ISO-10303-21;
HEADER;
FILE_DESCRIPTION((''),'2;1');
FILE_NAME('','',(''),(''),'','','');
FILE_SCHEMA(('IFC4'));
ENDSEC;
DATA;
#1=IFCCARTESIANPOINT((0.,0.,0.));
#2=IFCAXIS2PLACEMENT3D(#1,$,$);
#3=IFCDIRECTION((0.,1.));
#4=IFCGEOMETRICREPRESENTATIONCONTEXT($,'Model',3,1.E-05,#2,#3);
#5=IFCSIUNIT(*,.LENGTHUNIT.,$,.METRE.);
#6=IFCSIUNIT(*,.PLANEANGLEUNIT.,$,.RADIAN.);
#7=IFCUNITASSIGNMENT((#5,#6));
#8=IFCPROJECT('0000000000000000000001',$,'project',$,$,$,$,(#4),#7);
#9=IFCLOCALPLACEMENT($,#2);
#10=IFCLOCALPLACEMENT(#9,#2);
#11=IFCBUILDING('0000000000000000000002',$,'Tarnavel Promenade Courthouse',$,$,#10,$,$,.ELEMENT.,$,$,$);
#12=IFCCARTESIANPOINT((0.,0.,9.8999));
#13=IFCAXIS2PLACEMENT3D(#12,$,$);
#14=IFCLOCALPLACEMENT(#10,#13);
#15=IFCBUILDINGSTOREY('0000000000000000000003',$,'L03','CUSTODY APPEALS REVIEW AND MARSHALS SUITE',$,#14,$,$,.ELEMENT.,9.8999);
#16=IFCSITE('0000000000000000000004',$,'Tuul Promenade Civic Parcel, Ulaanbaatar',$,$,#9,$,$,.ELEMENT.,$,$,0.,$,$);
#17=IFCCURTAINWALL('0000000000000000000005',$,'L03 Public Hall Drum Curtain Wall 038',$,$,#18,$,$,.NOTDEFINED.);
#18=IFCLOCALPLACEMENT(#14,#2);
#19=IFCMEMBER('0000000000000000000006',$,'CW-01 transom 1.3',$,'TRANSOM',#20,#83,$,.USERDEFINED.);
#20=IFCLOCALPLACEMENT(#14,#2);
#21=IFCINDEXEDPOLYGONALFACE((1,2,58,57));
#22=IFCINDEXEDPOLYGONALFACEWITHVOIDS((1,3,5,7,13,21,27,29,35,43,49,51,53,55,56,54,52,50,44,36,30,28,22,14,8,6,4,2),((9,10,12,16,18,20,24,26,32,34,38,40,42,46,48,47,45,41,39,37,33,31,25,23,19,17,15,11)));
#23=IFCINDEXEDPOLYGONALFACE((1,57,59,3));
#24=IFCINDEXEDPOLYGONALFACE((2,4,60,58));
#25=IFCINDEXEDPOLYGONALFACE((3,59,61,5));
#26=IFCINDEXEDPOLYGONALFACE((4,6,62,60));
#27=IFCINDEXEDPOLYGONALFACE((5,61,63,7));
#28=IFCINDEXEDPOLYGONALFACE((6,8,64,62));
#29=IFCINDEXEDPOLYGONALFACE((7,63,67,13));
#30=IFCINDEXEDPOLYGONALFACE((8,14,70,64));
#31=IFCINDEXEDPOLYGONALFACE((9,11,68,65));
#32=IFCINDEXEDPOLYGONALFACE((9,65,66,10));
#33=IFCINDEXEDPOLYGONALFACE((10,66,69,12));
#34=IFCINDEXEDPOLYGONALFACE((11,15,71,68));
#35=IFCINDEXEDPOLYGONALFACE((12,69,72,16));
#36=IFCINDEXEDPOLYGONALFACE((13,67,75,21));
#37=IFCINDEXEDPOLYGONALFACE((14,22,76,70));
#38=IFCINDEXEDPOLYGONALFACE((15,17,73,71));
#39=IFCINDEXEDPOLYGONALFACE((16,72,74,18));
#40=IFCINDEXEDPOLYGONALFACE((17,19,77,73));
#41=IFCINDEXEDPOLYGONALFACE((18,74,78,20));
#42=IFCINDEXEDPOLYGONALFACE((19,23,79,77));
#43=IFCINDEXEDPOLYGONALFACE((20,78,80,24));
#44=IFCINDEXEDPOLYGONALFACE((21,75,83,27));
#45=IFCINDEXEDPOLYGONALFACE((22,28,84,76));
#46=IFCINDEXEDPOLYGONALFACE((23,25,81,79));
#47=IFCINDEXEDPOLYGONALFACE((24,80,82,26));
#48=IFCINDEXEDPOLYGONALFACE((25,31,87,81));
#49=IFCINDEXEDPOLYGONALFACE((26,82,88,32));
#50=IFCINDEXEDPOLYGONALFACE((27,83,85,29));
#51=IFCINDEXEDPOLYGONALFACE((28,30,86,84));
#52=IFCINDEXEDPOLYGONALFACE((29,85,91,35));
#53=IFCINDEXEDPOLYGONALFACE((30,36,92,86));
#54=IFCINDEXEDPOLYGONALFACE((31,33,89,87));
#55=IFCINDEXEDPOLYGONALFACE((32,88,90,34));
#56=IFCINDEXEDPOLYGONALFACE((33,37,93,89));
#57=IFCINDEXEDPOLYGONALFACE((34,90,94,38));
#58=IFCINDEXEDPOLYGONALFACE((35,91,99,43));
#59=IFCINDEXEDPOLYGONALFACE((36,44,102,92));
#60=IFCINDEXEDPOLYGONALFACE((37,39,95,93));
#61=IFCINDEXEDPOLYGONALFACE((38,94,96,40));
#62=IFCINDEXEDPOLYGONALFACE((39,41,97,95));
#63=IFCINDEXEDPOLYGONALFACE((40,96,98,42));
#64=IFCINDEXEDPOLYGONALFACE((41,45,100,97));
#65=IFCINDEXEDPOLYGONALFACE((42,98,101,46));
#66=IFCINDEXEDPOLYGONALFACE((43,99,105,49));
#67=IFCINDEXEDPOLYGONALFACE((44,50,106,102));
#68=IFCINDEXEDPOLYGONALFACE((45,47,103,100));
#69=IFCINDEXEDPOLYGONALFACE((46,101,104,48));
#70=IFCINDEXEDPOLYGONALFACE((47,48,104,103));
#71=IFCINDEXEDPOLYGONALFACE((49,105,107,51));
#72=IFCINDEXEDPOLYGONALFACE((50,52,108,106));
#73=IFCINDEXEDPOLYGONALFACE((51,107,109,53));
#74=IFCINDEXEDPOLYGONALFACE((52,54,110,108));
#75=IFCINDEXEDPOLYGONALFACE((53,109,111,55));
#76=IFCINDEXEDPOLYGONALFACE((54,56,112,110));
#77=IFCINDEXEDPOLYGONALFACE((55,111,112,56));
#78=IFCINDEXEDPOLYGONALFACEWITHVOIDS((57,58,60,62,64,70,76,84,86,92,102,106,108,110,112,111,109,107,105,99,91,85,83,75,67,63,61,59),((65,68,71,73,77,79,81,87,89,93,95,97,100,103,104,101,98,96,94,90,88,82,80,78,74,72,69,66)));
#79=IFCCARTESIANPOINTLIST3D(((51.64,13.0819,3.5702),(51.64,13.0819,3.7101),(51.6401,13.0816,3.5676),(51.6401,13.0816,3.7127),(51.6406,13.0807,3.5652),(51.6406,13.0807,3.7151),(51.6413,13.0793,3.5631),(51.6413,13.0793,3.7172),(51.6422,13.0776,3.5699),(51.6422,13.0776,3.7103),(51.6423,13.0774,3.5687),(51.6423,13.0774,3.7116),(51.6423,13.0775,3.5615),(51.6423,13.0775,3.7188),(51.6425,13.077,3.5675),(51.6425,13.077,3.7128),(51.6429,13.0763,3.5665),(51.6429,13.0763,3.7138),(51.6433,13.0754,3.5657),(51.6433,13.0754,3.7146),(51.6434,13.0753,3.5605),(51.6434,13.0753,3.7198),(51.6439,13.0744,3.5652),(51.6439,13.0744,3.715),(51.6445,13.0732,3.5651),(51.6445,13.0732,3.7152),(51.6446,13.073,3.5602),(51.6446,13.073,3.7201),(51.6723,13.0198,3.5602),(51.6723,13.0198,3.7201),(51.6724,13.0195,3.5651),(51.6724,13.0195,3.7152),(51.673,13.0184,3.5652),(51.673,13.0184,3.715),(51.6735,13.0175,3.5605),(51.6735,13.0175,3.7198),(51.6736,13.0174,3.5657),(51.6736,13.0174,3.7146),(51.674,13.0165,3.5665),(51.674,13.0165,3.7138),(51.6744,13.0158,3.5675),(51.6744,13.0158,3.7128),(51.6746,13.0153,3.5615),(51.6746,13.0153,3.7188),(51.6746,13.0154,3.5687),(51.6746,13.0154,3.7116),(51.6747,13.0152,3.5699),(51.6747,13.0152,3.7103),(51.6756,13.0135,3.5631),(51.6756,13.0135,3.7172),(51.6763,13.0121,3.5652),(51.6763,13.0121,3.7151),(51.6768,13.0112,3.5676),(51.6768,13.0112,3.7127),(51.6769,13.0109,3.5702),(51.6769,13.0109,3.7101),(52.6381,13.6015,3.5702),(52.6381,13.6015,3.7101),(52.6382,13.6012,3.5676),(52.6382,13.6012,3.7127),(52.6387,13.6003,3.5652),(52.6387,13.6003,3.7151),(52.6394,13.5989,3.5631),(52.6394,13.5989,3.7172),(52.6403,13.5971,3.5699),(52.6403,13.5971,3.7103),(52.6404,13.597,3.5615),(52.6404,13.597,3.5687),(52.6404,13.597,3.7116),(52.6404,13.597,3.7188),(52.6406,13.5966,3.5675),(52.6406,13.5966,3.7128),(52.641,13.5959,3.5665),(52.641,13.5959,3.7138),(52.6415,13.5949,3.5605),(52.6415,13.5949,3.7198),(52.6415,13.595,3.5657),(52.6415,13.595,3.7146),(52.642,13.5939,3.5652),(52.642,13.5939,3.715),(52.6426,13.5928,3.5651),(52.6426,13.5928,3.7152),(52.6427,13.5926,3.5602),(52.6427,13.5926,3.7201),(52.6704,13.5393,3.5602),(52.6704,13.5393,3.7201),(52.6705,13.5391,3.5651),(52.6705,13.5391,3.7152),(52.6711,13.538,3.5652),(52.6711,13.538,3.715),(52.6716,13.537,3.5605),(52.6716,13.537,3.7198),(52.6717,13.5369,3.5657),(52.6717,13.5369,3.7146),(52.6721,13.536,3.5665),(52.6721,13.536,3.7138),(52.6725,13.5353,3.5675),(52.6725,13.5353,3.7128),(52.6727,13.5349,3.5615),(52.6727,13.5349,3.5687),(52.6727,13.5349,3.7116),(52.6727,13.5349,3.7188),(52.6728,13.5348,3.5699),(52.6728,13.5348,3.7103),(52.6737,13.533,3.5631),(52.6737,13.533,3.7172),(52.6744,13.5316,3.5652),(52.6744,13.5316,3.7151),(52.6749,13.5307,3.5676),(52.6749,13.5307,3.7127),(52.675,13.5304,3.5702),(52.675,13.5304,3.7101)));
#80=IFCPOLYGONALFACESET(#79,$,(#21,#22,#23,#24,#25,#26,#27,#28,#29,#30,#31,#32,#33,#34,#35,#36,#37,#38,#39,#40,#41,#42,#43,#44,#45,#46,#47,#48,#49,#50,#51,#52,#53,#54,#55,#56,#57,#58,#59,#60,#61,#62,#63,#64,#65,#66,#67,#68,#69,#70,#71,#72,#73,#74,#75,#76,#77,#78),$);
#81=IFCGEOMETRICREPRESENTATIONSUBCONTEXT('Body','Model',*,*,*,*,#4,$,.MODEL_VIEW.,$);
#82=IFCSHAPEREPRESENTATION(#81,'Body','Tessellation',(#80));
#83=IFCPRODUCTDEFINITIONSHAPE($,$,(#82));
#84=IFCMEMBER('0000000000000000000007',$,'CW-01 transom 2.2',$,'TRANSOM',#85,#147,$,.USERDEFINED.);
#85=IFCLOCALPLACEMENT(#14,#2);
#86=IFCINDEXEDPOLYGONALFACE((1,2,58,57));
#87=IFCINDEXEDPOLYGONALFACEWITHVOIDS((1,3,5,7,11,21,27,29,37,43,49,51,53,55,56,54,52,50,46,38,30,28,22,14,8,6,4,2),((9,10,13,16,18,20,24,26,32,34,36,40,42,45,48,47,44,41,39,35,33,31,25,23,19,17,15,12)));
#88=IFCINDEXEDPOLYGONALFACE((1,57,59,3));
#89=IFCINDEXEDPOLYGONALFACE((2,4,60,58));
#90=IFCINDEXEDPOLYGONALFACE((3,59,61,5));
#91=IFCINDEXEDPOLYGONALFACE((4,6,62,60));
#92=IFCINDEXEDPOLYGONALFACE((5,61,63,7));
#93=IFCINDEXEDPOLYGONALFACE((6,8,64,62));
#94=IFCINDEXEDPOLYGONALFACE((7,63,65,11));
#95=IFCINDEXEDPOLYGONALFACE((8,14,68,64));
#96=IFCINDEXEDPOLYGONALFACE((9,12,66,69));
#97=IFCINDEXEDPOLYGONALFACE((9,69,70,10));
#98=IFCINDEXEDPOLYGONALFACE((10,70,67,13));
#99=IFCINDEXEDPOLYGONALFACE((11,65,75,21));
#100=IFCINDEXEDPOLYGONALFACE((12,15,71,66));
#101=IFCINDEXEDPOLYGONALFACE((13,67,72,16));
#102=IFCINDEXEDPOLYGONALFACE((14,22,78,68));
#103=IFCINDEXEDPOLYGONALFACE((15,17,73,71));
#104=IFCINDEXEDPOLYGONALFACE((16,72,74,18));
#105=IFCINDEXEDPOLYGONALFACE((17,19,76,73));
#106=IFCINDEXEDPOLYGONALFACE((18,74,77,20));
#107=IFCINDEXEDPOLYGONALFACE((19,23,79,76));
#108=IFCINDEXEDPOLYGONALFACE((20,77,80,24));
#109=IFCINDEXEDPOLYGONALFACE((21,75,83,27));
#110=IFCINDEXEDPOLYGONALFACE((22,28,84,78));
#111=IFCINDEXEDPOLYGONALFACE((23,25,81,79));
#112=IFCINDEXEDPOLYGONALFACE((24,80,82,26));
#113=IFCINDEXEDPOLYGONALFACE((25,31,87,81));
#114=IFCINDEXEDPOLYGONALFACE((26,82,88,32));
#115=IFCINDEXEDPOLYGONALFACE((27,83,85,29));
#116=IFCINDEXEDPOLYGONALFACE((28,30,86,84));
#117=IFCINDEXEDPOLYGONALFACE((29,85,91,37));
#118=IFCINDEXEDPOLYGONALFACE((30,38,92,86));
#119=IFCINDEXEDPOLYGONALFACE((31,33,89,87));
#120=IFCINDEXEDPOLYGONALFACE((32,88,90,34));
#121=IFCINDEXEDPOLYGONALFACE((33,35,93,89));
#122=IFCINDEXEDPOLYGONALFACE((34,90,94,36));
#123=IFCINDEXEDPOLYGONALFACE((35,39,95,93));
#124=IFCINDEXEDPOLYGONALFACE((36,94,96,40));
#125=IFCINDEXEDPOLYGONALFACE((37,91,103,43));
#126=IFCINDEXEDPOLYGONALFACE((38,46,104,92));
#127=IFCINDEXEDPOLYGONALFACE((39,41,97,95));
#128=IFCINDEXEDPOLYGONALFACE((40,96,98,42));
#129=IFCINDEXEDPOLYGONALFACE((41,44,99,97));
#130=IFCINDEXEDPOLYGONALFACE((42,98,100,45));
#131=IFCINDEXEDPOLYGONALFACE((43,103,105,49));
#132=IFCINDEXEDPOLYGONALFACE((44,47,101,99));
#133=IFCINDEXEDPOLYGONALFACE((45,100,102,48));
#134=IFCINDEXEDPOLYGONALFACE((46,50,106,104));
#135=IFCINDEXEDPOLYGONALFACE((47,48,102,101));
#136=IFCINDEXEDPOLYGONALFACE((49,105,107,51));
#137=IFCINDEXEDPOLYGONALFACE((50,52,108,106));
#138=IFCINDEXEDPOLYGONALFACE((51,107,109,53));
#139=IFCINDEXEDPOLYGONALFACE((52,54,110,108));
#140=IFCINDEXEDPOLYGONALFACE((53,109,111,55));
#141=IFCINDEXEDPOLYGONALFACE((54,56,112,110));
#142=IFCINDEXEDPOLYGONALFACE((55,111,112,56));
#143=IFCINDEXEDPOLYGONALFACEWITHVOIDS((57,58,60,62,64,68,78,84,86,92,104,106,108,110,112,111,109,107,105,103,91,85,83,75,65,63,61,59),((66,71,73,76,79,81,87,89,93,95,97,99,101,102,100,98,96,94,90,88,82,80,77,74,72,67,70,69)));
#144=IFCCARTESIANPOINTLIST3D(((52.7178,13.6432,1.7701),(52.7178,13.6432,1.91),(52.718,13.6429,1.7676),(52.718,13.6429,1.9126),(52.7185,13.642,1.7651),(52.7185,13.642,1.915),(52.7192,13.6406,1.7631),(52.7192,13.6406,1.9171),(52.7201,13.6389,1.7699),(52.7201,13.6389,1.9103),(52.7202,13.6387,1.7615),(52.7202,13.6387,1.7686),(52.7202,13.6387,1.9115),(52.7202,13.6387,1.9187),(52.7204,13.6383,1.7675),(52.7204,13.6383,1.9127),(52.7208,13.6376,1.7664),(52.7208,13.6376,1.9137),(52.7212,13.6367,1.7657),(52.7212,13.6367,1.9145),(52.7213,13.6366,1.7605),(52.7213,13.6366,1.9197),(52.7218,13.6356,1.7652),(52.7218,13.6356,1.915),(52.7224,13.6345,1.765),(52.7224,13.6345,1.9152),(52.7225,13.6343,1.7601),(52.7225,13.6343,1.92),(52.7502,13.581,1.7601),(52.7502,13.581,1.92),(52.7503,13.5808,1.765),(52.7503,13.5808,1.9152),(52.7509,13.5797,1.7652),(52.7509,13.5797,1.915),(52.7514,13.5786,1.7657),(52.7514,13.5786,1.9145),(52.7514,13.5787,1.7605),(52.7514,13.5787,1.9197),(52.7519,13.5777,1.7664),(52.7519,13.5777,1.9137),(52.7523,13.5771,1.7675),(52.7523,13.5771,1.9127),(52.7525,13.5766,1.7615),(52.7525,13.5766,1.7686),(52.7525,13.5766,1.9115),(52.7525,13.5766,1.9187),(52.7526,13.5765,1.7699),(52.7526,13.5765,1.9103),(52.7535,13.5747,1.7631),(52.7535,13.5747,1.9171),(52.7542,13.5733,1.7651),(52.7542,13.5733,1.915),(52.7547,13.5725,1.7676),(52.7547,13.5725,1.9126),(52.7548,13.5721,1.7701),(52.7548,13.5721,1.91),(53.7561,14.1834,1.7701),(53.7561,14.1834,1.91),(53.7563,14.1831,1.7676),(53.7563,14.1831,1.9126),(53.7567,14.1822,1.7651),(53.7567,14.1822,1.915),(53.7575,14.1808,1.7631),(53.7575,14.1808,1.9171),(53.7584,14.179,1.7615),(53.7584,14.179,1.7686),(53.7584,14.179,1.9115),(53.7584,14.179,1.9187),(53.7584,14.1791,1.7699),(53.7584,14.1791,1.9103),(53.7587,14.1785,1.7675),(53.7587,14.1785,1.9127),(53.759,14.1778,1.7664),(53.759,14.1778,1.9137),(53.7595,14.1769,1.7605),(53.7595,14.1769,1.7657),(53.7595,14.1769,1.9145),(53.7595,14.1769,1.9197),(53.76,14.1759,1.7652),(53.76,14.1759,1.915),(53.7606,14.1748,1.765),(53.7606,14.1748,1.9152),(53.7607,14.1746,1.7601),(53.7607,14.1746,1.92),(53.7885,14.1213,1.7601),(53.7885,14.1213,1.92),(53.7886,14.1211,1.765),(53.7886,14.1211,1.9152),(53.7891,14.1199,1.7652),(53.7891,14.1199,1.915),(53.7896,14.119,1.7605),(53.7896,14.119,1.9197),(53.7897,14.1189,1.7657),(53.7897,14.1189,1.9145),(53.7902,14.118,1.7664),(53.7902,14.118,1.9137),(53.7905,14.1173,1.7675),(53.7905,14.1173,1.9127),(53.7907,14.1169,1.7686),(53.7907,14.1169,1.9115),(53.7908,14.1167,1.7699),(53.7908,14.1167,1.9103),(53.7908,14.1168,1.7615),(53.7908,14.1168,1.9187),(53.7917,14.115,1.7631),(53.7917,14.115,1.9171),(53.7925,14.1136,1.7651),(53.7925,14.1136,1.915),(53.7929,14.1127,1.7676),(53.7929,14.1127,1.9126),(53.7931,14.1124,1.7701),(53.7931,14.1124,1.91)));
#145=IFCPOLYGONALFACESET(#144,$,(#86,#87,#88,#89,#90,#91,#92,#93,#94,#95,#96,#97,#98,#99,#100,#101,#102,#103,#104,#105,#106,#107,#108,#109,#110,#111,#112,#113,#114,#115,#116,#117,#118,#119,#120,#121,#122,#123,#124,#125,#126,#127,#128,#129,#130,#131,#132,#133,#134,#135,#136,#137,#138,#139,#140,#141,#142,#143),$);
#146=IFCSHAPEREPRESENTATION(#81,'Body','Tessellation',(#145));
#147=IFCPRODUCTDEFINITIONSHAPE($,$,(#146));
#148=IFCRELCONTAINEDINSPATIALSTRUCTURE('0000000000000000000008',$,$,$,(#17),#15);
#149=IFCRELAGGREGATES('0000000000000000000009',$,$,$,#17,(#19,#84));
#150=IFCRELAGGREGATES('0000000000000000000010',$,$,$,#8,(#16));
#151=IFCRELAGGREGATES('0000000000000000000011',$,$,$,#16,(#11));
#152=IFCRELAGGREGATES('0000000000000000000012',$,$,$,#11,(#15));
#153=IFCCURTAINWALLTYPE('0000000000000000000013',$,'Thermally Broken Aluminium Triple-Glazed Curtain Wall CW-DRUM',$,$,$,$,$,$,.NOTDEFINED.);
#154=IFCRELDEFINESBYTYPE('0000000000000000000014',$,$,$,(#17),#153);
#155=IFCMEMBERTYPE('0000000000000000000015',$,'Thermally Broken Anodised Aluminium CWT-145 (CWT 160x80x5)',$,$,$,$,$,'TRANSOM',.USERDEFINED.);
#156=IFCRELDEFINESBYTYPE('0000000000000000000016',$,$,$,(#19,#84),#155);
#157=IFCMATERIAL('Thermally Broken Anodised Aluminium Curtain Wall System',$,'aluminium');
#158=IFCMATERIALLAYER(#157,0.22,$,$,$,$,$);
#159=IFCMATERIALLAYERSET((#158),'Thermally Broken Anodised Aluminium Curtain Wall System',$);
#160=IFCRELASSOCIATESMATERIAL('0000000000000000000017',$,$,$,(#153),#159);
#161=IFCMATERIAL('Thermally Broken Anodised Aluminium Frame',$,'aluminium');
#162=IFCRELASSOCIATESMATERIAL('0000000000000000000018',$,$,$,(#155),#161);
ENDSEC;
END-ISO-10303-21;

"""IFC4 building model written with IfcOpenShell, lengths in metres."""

from ifc_helpers import new_model, si_unit, direction, frame, origin, origin_2d, place, context, subcontext, project, spatial, hollow_rectangle, extrude, material, layer, layer_set, material_profile, profile_set, type_object, element, aggregate, save


model = new_model("IFC4")

# Units and contexts
model_context = context("Model", 3, precision=1e-05, world=origin(), true_north=direction((0.0, 1.0)))
body_context = subcontext(model_context, "Body", "Model", "MODEL_VIEW")
ifc_project = project(units=[si_unit("LENGTHUNIT", "METRE"), si_unit("PLANEANGLEUNIT", "RADIAN")], contexts=[model_context])

# Site, building, storey
site_placement = place(None, origin())
site = spatial("IfcSite", under=ifc_project, at=site_placement, Name="Tuul Promenade Civic Parcel, Ulaanbaatar", CompositionType="ELEMENT", RefElevation=0.0)
building_placement = place(site_placement, origin())
building = spatial("IfcBuilding", under=site, at=building_placement, Name="Tarnavel Promenade Courthouse", CompositionType="ELEMENT")
storey_placement = place(building_placement, frame((0.0, 0.0, 9.8999)))
storey = spatial("IfcBuildingStorey", under=building, at=storey_placement, Name="L03", Description="CUSTODY APPEALS REVIEW AND MARSHALS SUITE", CompositionType="ELEMENT", Elevation=9.8999)

# Curtain wall, members
ifc_material_1 = material(Name="Thermally Broken Anodised Aluminium Curtain Wall System", Category="aluminium")
ifc_layer_1 = layer(ifc_material_1, 0.22)
ifc_layer_set_1 = layer_set([ifc_layer_1], Name="Thermally Broken Anodised Aluminium Curtain Wall System")
curtain_wall_type = type_object("IfcCurtainWallType", Name="Thermally Broken Aluminium Triple-Glazed Curtain Wall CW-DRUM", PredefinedType="NOTDEFINED", material=ifc_layer_set_1)
ifc_material_2 = material(Name="Thermally Broken Anodised Aluminium Frame", Category="aluminium")
ifc_material_profile_1 = material_profile(ifc_material_2, hollow_rectangle(XDim=0.0801, YDim=0.1599, WallThickness=0.0049, InnerFilletRadius=0.0049, OuterFilletRadius=0.01, at=origin_2d()), Name="CWT 160x80x5")
ifc_profile_set_1 = profile_set([ifc_material_profile_1], Name="Thermally Broken Anodised Aluminium Frame")
member_type_1 = type_object("IfcMemberType", Name="Thermally Broken Anodised Aluminium CWT-145 (CWT 160x80x5)", ElementType="TRANSOM", PredefinedType="USERDEFINED", material=ifc_profile_set_1)
curtain_wall_1_placement = place(storey_placement, origin())
curtain_wall_1 = element("IfcCurtainWall", 1, at=curtain_wall_1_placement, inside=storey, type_object=curtain_wall_type, Name="L03 Public Hall Drum Curtain Wall 038", PredefinedType="NOTDEFINED")
member_1_placement = place(storey_placement, frame((51.6584, 13.0464, 3.6401), z_axis=(0.887018, 0.461735, 0.0), x_axis=(-0.461735, 0.887018, 0.0)))
member_1 = element("IfcMember", 2, at=member_1_placement, type_object=member_type_1, Name="CW-01 transom 1.3", ObjectType="TRANSOM", PredefinedType="USERDEFINED", context=body_context, shape_type="SweptSolid", body=[
    extrude(hollow_rectangle(XDim=0.0801, YDim=0.1599, WallThickness=0.0049, InnerFilletRadius=0.0049, OuterFilletRadius=0.01, at=origin_2d()), origin(), (0.0, 0.0, 1.0), 1.1252),
])
member_2_placement = place(storey_placement, frame((52.7363, 13.6077, 1.8401), z_axis=(0.887094, 0.461589, 0.0), x_axis=(-0.461589, 0.887094, 0.0)))
member_2 = element("IfcMember", 3, at=member_2_placement, type_object=member_type_1, Name="CW-01 transom 2.2", ObjectType="TRANSOM", PredefinedType="USERDEFINED", context=body_context, shape_type="SweptSolid", body=[
    extrude(hollow_rectangle(XDim=0.0801, YDim=0.1599, WallThickness=0.0049, InnerFilletRadius=0.0049, OuterFilletRadius=0.01, at=origin_2d()), origin(), (0.0, 0.0, 1.0), 1.1704),
])

aggregate(curtain_wall_1, [member_1, member_2])

save(model, "model.ifc")
